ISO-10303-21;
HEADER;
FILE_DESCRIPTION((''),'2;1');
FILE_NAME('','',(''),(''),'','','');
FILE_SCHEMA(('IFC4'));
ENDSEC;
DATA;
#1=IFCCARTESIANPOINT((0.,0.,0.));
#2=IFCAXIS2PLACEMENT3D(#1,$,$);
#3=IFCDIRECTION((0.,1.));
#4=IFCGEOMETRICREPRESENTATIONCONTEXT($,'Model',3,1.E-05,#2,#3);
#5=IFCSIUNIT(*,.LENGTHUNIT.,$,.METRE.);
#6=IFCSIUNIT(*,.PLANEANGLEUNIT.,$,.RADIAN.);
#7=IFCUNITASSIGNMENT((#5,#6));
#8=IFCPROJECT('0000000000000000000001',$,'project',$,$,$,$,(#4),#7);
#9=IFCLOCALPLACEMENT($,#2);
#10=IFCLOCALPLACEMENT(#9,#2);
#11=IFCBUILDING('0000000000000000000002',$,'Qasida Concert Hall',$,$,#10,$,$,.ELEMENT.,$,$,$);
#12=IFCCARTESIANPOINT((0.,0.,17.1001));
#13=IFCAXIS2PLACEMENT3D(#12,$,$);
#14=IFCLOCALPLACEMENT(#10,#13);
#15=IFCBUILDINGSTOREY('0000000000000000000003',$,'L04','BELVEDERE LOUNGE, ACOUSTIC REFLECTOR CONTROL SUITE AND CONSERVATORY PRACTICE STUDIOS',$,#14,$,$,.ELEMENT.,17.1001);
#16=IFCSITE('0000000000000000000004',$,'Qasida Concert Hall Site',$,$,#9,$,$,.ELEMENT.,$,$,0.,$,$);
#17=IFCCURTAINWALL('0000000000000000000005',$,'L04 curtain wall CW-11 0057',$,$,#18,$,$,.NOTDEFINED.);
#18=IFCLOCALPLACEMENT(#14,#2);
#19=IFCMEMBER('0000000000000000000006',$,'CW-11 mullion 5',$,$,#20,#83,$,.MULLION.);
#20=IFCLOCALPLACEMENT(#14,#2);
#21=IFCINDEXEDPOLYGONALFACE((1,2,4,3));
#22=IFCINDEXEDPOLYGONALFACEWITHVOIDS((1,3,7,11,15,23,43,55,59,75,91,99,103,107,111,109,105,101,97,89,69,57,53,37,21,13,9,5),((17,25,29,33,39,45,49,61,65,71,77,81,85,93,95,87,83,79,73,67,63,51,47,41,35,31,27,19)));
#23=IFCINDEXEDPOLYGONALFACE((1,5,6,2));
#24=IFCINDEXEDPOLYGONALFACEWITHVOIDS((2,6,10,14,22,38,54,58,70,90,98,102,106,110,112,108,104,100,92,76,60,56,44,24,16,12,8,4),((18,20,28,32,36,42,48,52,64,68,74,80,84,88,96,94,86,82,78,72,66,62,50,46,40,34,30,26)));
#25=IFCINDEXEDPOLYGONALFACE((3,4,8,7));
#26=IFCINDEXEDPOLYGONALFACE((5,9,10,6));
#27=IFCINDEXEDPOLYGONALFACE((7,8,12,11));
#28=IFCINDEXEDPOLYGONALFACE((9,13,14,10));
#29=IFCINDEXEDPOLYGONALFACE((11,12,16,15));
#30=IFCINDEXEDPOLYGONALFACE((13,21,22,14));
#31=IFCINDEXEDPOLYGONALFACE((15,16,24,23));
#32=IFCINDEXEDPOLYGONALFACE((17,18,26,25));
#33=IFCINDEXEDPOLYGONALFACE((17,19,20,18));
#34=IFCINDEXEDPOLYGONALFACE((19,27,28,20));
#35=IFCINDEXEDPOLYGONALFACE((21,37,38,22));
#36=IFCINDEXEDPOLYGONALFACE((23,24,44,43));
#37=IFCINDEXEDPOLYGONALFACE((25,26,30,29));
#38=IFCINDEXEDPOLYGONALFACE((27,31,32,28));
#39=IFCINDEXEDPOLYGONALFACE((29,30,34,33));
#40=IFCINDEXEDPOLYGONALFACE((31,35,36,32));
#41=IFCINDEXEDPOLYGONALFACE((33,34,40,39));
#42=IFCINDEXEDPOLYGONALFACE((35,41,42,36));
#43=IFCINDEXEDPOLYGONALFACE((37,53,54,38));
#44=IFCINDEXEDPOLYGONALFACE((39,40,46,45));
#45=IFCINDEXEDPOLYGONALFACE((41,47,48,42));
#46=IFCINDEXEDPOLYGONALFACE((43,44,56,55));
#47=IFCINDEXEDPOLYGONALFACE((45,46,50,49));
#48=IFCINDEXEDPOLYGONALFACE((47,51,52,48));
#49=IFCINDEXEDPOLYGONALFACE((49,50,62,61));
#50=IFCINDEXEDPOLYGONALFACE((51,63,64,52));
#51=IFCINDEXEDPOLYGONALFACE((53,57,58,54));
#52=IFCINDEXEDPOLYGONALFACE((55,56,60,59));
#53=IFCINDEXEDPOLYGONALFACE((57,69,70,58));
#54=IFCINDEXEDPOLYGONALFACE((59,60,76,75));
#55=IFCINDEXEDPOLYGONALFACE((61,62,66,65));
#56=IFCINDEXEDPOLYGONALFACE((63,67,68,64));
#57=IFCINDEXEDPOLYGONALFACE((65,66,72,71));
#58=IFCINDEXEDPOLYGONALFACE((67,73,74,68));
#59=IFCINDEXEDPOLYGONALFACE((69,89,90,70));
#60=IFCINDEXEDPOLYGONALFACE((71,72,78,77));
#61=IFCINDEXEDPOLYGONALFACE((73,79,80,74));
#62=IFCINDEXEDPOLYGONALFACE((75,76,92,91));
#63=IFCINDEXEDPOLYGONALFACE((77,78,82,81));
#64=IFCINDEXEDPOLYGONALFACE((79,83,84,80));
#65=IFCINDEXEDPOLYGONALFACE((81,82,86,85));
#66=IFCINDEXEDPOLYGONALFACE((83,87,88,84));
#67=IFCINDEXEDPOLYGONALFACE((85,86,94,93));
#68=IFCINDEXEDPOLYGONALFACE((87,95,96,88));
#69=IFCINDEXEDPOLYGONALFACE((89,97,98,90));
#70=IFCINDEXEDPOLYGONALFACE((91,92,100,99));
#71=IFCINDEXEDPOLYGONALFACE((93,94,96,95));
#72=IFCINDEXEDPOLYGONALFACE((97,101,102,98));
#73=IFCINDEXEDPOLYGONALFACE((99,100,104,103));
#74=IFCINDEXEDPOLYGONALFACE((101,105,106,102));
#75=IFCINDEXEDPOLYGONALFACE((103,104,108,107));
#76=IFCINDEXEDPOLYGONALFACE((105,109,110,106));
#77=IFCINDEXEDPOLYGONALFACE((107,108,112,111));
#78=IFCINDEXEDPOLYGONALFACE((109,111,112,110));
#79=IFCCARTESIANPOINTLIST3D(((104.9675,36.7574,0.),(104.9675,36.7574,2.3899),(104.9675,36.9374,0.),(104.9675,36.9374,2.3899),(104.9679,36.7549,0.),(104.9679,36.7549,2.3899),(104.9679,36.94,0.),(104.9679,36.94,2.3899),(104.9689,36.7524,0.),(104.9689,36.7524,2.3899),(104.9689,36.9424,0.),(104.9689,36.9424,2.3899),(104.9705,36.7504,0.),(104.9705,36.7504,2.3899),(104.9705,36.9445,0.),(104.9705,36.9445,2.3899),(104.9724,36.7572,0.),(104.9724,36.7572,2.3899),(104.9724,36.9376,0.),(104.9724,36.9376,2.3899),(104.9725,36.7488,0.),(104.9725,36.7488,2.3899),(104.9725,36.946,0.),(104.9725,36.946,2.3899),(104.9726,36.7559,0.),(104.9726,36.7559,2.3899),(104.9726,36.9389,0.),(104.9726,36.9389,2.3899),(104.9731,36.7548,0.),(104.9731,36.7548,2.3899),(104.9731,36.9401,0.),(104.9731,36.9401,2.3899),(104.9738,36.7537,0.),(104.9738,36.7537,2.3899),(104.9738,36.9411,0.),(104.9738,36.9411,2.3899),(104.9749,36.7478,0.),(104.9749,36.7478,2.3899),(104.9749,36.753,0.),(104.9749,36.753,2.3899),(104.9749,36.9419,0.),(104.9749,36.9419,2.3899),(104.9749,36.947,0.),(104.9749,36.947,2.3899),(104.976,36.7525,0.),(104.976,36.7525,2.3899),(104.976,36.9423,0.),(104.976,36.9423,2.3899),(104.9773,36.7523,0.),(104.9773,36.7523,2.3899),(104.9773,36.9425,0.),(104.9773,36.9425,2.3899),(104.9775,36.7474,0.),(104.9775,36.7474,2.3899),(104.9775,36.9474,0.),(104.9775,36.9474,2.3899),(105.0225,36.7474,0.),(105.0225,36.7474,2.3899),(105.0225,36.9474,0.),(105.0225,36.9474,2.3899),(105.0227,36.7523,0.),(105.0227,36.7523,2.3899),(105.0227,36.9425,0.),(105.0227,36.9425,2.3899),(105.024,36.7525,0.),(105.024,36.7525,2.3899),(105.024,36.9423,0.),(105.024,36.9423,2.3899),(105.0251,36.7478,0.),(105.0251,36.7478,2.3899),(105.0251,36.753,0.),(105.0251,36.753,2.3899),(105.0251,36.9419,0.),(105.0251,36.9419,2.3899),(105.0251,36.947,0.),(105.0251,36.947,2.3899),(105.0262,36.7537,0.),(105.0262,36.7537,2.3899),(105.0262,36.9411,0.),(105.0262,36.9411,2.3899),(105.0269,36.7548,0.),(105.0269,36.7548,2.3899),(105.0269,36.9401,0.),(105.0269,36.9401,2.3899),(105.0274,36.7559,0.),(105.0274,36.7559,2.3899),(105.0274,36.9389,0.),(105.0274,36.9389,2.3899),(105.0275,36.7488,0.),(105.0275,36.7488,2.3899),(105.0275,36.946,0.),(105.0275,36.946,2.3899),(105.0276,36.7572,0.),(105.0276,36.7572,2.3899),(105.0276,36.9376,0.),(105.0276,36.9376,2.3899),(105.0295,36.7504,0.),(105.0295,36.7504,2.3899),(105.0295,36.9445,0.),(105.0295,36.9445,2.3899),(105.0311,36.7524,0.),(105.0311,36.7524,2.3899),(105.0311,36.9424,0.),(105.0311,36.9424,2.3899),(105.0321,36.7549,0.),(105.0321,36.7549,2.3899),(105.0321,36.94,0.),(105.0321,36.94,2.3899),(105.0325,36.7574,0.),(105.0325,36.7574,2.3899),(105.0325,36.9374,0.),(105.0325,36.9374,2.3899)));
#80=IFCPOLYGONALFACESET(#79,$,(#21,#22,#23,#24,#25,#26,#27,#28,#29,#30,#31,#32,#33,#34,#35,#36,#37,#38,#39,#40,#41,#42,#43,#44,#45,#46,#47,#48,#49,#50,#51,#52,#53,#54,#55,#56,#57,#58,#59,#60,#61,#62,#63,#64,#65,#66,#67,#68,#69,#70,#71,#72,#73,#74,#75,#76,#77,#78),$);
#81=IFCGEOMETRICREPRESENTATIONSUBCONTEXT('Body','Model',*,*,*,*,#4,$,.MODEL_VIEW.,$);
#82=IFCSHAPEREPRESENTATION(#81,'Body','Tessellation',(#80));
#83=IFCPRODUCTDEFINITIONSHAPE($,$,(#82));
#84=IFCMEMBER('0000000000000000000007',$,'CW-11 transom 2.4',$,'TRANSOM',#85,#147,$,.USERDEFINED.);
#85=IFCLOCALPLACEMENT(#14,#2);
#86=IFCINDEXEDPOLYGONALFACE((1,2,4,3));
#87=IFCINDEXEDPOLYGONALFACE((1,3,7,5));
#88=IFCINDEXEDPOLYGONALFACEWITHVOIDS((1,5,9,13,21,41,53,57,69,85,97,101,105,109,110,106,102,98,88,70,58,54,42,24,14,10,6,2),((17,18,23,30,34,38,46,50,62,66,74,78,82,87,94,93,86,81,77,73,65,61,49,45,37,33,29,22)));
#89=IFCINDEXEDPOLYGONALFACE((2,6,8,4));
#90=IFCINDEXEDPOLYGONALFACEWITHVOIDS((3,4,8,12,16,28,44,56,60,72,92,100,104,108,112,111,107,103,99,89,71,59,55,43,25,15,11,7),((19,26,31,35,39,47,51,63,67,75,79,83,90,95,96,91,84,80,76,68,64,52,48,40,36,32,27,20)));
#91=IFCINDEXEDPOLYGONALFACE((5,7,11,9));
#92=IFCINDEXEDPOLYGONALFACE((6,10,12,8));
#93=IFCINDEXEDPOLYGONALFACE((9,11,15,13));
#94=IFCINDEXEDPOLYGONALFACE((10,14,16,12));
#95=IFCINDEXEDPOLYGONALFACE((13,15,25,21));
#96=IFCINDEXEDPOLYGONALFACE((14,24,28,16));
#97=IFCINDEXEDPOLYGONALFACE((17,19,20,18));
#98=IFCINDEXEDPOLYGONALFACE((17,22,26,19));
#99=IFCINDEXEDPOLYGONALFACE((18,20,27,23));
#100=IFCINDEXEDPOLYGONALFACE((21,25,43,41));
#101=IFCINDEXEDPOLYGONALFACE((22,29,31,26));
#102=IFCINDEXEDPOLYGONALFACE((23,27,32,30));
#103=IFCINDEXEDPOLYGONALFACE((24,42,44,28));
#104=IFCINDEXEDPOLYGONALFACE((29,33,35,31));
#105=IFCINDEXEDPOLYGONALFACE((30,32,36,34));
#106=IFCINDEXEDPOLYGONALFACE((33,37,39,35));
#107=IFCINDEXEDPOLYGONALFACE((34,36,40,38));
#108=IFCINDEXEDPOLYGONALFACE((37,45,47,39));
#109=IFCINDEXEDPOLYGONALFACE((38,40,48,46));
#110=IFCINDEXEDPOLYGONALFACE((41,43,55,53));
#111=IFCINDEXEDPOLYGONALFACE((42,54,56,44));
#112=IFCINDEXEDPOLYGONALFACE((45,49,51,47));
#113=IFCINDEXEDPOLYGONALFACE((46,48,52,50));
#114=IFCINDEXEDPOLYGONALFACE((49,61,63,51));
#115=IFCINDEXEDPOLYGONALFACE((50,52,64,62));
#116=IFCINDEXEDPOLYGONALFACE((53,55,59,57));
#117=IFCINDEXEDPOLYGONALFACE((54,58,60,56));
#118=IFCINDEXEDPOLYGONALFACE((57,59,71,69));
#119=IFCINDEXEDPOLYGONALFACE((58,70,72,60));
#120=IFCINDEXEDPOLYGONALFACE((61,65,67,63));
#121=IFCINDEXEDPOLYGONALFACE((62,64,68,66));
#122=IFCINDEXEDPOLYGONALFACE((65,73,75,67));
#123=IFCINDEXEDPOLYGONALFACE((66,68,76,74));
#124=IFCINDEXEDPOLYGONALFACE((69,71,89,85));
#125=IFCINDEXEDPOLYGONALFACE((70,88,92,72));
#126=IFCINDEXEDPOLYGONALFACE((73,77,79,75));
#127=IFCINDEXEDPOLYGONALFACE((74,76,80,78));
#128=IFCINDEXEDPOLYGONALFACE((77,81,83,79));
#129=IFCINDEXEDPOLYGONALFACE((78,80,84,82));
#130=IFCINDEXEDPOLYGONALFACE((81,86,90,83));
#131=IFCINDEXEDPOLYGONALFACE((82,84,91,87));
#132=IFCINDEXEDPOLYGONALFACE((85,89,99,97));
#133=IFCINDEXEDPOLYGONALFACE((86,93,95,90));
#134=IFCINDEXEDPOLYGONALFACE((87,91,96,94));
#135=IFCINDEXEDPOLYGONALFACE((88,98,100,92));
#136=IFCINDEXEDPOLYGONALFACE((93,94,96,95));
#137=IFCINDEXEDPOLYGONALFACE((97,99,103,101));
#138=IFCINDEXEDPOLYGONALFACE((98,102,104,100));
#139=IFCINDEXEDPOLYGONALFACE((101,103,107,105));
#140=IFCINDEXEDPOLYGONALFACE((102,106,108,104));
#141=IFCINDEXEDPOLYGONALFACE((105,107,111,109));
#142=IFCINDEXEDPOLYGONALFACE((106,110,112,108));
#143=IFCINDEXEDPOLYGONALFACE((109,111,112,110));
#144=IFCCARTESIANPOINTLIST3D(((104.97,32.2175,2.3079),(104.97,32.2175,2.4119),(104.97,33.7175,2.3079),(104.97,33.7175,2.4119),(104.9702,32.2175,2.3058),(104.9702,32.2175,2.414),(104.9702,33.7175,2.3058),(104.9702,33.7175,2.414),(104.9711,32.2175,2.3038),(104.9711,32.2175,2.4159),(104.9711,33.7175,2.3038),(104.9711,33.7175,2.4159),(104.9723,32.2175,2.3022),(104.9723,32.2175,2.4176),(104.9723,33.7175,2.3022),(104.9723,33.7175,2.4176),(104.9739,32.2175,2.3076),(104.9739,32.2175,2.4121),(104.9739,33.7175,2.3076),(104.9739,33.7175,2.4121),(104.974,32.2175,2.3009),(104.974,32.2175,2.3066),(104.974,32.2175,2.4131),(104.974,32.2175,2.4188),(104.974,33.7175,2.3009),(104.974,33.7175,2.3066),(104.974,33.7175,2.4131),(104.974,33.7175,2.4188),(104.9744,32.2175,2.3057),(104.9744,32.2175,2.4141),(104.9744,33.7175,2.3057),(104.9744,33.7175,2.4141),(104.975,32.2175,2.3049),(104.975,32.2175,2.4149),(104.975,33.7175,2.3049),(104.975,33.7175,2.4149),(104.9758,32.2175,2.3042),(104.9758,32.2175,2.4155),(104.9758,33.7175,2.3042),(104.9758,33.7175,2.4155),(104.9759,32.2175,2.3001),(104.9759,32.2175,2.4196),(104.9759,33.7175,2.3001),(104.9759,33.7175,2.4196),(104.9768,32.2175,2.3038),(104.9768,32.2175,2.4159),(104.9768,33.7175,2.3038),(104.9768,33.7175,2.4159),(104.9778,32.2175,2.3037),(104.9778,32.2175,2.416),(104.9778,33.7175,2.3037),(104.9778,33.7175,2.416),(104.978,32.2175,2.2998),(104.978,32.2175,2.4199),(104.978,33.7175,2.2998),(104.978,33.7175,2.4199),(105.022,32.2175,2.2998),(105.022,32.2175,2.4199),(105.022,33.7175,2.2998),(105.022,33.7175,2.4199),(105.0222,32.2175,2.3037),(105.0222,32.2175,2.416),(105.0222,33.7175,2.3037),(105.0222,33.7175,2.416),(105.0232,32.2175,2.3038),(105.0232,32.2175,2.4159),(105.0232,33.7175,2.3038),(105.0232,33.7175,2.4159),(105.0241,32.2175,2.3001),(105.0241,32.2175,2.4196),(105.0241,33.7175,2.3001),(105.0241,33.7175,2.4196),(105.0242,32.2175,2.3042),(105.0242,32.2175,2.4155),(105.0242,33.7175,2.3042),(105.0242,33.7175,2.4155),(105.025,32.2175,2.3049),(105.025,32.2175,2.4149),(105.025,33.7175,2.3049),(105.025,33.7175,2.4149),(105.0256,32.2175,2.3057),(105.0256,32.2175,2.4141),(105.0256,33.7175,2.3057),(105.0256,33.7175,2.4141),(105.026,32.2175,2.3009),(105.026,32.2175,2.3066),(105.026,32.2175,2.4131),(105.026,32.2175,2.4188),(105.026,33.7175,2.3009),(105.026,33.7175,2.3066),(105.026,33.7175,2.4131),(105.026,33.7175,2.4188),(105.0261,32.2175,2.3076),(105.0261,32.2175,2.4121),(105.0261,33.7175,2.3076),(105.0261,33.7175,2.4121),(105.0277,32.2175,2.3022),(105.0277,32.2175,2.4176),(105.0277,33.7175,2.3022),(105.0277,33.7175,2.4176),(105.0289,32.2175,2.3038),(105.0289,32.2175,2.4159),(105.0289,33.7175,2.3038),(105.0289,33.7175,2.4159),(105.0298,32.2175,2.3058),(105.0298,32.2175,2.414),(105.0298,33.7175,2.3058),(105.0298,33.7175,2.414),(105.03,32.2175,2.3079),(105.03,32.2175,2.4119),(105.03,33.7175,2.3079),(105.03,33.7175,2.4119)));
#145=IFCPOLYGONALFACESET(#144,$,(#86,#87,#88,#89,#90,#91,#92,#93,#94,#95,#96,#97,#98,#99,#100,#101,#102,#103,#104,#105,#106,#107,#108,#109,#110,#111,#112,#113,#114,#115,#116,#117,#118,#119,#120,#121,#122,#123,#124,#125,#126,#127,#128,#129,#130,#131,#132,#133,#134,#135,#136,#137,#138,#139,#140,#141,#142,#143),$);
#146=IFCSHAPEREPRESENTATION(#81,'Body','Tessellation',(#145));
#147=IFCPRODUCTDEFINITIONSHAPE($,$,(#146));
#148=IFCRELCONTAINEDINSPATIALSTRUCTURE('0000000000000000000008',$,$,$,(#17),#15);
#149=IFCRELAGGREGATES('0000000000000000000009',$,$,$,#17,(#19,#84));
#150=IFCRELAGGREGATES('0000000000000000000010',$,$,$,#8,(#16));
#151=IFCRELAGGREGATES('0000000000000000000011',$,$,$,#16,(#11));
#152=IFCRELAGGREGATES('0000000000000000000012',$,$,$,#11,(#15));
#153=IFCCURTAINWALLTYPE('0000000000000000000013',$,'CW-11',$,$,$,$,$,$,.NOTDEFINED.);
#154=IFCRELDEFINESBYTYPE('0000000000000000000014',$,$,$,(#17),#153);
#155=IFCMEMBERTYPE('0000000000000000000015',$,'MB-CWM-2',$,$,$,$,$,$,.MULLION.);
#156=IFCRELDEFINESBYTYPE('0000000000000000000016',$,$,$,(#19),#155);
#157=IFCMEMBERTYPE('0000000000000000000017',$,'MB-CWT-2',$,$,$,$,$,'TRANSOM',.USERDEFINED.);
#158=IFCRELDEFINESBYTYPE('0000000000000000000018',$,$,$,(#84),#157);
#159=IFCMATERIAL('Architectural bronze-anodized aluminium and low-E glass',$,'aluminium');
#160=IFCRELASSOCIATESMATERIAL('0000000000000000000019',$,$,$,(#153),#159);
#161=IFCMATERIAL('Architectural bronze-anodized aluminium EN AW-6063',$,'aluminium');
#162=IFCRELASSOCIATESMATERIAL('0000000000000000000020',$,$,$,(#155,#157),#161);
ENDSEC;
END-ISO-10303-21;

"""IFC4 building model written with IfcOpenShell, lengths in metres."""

from ifc_helpers import new_model, si_unit, direction, frame, origin, origin_2d, place, context, subcontext, project, spatial, hollow_rectangle, extrude, material, material_profile, profile_set, type_object, element, aggregate, save


model = new_model("IFC4")

# Units and contexts
model_context = context("Model", 3, precision=1e-05, world=origin(), true_north=direction((0.0, 1.0)))
body_context = subcontext(model_context, "Body", "Model", "MODEL_VIEW")
ifc_project = project(units=[si_unit("LENGTHUNIT", "METRE"), si_unit("PLANEANGLEUNIT", "RADIAN")], contexts=[model_context])

# Site, building, storey
site_placement = place(None, origin())
site = spatial("IfcSite", under=ifc_project, at=site_placement, Name="Qasida Concert Hall Site", CompositionType="ELEMENT", RefElevation=0.0)
building_placement = place(site_placement, origin())
building = spatial("IfcBuilding", under=site, at=building_placement, Name="Qasida Concert Hall", CompositionType="ELEMENT")
storey_placement = place(building_placement, frame((0.0, 0.0, 17.1001)))
storey = spatial("IfcBuildingStorey", under=building, at=storey_placement, Name="L04", Description="BELVEDERE LOUNGE, ACOUSTIC REFLECTOR CONTROL SUITE AND CONSERVATORY PRACTICE STUDIOS", CompositionType="ELEMENT", Elevation=17.1001)

# Curtain wall, members
ifc_material_1 = material(Name="Architectural bronze-anodized aluminium and low-E glass", Category="aluminium")
curtain_wall_type = type_object("IfcCurtainWallType", Name="CW-11", PredefinedType="NOTDEFINED", material=ifc_material_1)
curtain_wall_placement = place(storey_placement, origin())
curtain_wall = element("IfcCurtainWall", 1, at=curtain_wall_placement, inside=storey, type_object=curtain_wall_type, Name="L04 curtain wall CW-11 0057", PredefinedType="NOTDEFINED")
ifc_material_2 = material(Name="Architectural bronze-anodized aluminium EN AW-6063", Category="aluminium")
ifc_material_profile_1 = material_profile(ifc_material_2, hollow_rectangle(XDim=0.0649, YDim=0.2, WallThickness=0.0049, InnerFilletRadius=0.0049, OuterFilletRadius=0.01, at=origin_2d()), Name="CWM 200x65x5")
ifc_profile_set_1 = profile_set([ifc_material_profile_1], Name="Architectural bronze-anodized aluminium EN AW-6063")
member_type_1 = type_object("IfcMemberType", Name="MB-CWM-2", PredefinedType="MULLION", material=ifc_profile_set_1)
member_1_placement = place(storey_placement, frame((105.0, 36.8474, 0.0), z_axis=(0.0, 0.0, 1.0), x_axis=(-1.0, 0.0, 0.0)))
member_1 = element("IfcMember", 2, at=member_1_placement, type_object=member_type_1, Name="CW-11 mullion 5", PredefinedType="MULLION", context=body_context, shape_type="SweptSolid", body=[
    extrude(hollow_rectangle(XDim=0.0649, YDim=0.2, WallThickness=0.0049, InnerFilletRadius=0.0049, OuterFilletRadius=0.01, at=origin_2d()), origin(), (0.0, 0.0, 1.0), 2.3899),
])
ifc_material_profile_2 = material_profile(ifc_material_2, hollow_rectangle(XDim=0.0601, YDim=0.1201, WallThickness=0.0039, InnerFilletRadius=0.0039, OuterFilletRadius=0.0081, at=origin_2d()), Name="CWT 120x60x4")
ifc_profile_set_2 = profile_set([ifc_material_profile_2], Name="Architectural bronze-anodized aluminium EN AW-6063")
member_type_2 = type_object("IfcMemberType", Name="MB-CWT-2", ElementType="TRANSOM", PredefinedType="USERDEFINED", material=ifc_profile_set_2)
member_2_placement = place(storey_placement, frame((105.0, 32.2175, 2.3599), z_axis=(0.0, 1.0, 0.0), x_axis=(-1.0, 0.0, 0.0)))
member_2 = element("IfcMember", 3, at=member_2_placement, type_object=member_type_2, Name="CW-11 transom 2.4", ObjectType="TRANSOM", PredefinedType="USERDEFINED", context=body_context, shape_type="SweptSolid", body=[
    extrude(hollow_rectangle(XDim=0.0601, YDim=0.1201, WallThickness=0.0039, InnerFilletRadius=0.0039, OuterFilletRadius=0.0081, at=origin_2d()), origin(), (0.0, 0.0, 1.0), 1.5),
])
aggregate(curtain_wall, [member_1, member_2])

save(model, "model.ifc")
